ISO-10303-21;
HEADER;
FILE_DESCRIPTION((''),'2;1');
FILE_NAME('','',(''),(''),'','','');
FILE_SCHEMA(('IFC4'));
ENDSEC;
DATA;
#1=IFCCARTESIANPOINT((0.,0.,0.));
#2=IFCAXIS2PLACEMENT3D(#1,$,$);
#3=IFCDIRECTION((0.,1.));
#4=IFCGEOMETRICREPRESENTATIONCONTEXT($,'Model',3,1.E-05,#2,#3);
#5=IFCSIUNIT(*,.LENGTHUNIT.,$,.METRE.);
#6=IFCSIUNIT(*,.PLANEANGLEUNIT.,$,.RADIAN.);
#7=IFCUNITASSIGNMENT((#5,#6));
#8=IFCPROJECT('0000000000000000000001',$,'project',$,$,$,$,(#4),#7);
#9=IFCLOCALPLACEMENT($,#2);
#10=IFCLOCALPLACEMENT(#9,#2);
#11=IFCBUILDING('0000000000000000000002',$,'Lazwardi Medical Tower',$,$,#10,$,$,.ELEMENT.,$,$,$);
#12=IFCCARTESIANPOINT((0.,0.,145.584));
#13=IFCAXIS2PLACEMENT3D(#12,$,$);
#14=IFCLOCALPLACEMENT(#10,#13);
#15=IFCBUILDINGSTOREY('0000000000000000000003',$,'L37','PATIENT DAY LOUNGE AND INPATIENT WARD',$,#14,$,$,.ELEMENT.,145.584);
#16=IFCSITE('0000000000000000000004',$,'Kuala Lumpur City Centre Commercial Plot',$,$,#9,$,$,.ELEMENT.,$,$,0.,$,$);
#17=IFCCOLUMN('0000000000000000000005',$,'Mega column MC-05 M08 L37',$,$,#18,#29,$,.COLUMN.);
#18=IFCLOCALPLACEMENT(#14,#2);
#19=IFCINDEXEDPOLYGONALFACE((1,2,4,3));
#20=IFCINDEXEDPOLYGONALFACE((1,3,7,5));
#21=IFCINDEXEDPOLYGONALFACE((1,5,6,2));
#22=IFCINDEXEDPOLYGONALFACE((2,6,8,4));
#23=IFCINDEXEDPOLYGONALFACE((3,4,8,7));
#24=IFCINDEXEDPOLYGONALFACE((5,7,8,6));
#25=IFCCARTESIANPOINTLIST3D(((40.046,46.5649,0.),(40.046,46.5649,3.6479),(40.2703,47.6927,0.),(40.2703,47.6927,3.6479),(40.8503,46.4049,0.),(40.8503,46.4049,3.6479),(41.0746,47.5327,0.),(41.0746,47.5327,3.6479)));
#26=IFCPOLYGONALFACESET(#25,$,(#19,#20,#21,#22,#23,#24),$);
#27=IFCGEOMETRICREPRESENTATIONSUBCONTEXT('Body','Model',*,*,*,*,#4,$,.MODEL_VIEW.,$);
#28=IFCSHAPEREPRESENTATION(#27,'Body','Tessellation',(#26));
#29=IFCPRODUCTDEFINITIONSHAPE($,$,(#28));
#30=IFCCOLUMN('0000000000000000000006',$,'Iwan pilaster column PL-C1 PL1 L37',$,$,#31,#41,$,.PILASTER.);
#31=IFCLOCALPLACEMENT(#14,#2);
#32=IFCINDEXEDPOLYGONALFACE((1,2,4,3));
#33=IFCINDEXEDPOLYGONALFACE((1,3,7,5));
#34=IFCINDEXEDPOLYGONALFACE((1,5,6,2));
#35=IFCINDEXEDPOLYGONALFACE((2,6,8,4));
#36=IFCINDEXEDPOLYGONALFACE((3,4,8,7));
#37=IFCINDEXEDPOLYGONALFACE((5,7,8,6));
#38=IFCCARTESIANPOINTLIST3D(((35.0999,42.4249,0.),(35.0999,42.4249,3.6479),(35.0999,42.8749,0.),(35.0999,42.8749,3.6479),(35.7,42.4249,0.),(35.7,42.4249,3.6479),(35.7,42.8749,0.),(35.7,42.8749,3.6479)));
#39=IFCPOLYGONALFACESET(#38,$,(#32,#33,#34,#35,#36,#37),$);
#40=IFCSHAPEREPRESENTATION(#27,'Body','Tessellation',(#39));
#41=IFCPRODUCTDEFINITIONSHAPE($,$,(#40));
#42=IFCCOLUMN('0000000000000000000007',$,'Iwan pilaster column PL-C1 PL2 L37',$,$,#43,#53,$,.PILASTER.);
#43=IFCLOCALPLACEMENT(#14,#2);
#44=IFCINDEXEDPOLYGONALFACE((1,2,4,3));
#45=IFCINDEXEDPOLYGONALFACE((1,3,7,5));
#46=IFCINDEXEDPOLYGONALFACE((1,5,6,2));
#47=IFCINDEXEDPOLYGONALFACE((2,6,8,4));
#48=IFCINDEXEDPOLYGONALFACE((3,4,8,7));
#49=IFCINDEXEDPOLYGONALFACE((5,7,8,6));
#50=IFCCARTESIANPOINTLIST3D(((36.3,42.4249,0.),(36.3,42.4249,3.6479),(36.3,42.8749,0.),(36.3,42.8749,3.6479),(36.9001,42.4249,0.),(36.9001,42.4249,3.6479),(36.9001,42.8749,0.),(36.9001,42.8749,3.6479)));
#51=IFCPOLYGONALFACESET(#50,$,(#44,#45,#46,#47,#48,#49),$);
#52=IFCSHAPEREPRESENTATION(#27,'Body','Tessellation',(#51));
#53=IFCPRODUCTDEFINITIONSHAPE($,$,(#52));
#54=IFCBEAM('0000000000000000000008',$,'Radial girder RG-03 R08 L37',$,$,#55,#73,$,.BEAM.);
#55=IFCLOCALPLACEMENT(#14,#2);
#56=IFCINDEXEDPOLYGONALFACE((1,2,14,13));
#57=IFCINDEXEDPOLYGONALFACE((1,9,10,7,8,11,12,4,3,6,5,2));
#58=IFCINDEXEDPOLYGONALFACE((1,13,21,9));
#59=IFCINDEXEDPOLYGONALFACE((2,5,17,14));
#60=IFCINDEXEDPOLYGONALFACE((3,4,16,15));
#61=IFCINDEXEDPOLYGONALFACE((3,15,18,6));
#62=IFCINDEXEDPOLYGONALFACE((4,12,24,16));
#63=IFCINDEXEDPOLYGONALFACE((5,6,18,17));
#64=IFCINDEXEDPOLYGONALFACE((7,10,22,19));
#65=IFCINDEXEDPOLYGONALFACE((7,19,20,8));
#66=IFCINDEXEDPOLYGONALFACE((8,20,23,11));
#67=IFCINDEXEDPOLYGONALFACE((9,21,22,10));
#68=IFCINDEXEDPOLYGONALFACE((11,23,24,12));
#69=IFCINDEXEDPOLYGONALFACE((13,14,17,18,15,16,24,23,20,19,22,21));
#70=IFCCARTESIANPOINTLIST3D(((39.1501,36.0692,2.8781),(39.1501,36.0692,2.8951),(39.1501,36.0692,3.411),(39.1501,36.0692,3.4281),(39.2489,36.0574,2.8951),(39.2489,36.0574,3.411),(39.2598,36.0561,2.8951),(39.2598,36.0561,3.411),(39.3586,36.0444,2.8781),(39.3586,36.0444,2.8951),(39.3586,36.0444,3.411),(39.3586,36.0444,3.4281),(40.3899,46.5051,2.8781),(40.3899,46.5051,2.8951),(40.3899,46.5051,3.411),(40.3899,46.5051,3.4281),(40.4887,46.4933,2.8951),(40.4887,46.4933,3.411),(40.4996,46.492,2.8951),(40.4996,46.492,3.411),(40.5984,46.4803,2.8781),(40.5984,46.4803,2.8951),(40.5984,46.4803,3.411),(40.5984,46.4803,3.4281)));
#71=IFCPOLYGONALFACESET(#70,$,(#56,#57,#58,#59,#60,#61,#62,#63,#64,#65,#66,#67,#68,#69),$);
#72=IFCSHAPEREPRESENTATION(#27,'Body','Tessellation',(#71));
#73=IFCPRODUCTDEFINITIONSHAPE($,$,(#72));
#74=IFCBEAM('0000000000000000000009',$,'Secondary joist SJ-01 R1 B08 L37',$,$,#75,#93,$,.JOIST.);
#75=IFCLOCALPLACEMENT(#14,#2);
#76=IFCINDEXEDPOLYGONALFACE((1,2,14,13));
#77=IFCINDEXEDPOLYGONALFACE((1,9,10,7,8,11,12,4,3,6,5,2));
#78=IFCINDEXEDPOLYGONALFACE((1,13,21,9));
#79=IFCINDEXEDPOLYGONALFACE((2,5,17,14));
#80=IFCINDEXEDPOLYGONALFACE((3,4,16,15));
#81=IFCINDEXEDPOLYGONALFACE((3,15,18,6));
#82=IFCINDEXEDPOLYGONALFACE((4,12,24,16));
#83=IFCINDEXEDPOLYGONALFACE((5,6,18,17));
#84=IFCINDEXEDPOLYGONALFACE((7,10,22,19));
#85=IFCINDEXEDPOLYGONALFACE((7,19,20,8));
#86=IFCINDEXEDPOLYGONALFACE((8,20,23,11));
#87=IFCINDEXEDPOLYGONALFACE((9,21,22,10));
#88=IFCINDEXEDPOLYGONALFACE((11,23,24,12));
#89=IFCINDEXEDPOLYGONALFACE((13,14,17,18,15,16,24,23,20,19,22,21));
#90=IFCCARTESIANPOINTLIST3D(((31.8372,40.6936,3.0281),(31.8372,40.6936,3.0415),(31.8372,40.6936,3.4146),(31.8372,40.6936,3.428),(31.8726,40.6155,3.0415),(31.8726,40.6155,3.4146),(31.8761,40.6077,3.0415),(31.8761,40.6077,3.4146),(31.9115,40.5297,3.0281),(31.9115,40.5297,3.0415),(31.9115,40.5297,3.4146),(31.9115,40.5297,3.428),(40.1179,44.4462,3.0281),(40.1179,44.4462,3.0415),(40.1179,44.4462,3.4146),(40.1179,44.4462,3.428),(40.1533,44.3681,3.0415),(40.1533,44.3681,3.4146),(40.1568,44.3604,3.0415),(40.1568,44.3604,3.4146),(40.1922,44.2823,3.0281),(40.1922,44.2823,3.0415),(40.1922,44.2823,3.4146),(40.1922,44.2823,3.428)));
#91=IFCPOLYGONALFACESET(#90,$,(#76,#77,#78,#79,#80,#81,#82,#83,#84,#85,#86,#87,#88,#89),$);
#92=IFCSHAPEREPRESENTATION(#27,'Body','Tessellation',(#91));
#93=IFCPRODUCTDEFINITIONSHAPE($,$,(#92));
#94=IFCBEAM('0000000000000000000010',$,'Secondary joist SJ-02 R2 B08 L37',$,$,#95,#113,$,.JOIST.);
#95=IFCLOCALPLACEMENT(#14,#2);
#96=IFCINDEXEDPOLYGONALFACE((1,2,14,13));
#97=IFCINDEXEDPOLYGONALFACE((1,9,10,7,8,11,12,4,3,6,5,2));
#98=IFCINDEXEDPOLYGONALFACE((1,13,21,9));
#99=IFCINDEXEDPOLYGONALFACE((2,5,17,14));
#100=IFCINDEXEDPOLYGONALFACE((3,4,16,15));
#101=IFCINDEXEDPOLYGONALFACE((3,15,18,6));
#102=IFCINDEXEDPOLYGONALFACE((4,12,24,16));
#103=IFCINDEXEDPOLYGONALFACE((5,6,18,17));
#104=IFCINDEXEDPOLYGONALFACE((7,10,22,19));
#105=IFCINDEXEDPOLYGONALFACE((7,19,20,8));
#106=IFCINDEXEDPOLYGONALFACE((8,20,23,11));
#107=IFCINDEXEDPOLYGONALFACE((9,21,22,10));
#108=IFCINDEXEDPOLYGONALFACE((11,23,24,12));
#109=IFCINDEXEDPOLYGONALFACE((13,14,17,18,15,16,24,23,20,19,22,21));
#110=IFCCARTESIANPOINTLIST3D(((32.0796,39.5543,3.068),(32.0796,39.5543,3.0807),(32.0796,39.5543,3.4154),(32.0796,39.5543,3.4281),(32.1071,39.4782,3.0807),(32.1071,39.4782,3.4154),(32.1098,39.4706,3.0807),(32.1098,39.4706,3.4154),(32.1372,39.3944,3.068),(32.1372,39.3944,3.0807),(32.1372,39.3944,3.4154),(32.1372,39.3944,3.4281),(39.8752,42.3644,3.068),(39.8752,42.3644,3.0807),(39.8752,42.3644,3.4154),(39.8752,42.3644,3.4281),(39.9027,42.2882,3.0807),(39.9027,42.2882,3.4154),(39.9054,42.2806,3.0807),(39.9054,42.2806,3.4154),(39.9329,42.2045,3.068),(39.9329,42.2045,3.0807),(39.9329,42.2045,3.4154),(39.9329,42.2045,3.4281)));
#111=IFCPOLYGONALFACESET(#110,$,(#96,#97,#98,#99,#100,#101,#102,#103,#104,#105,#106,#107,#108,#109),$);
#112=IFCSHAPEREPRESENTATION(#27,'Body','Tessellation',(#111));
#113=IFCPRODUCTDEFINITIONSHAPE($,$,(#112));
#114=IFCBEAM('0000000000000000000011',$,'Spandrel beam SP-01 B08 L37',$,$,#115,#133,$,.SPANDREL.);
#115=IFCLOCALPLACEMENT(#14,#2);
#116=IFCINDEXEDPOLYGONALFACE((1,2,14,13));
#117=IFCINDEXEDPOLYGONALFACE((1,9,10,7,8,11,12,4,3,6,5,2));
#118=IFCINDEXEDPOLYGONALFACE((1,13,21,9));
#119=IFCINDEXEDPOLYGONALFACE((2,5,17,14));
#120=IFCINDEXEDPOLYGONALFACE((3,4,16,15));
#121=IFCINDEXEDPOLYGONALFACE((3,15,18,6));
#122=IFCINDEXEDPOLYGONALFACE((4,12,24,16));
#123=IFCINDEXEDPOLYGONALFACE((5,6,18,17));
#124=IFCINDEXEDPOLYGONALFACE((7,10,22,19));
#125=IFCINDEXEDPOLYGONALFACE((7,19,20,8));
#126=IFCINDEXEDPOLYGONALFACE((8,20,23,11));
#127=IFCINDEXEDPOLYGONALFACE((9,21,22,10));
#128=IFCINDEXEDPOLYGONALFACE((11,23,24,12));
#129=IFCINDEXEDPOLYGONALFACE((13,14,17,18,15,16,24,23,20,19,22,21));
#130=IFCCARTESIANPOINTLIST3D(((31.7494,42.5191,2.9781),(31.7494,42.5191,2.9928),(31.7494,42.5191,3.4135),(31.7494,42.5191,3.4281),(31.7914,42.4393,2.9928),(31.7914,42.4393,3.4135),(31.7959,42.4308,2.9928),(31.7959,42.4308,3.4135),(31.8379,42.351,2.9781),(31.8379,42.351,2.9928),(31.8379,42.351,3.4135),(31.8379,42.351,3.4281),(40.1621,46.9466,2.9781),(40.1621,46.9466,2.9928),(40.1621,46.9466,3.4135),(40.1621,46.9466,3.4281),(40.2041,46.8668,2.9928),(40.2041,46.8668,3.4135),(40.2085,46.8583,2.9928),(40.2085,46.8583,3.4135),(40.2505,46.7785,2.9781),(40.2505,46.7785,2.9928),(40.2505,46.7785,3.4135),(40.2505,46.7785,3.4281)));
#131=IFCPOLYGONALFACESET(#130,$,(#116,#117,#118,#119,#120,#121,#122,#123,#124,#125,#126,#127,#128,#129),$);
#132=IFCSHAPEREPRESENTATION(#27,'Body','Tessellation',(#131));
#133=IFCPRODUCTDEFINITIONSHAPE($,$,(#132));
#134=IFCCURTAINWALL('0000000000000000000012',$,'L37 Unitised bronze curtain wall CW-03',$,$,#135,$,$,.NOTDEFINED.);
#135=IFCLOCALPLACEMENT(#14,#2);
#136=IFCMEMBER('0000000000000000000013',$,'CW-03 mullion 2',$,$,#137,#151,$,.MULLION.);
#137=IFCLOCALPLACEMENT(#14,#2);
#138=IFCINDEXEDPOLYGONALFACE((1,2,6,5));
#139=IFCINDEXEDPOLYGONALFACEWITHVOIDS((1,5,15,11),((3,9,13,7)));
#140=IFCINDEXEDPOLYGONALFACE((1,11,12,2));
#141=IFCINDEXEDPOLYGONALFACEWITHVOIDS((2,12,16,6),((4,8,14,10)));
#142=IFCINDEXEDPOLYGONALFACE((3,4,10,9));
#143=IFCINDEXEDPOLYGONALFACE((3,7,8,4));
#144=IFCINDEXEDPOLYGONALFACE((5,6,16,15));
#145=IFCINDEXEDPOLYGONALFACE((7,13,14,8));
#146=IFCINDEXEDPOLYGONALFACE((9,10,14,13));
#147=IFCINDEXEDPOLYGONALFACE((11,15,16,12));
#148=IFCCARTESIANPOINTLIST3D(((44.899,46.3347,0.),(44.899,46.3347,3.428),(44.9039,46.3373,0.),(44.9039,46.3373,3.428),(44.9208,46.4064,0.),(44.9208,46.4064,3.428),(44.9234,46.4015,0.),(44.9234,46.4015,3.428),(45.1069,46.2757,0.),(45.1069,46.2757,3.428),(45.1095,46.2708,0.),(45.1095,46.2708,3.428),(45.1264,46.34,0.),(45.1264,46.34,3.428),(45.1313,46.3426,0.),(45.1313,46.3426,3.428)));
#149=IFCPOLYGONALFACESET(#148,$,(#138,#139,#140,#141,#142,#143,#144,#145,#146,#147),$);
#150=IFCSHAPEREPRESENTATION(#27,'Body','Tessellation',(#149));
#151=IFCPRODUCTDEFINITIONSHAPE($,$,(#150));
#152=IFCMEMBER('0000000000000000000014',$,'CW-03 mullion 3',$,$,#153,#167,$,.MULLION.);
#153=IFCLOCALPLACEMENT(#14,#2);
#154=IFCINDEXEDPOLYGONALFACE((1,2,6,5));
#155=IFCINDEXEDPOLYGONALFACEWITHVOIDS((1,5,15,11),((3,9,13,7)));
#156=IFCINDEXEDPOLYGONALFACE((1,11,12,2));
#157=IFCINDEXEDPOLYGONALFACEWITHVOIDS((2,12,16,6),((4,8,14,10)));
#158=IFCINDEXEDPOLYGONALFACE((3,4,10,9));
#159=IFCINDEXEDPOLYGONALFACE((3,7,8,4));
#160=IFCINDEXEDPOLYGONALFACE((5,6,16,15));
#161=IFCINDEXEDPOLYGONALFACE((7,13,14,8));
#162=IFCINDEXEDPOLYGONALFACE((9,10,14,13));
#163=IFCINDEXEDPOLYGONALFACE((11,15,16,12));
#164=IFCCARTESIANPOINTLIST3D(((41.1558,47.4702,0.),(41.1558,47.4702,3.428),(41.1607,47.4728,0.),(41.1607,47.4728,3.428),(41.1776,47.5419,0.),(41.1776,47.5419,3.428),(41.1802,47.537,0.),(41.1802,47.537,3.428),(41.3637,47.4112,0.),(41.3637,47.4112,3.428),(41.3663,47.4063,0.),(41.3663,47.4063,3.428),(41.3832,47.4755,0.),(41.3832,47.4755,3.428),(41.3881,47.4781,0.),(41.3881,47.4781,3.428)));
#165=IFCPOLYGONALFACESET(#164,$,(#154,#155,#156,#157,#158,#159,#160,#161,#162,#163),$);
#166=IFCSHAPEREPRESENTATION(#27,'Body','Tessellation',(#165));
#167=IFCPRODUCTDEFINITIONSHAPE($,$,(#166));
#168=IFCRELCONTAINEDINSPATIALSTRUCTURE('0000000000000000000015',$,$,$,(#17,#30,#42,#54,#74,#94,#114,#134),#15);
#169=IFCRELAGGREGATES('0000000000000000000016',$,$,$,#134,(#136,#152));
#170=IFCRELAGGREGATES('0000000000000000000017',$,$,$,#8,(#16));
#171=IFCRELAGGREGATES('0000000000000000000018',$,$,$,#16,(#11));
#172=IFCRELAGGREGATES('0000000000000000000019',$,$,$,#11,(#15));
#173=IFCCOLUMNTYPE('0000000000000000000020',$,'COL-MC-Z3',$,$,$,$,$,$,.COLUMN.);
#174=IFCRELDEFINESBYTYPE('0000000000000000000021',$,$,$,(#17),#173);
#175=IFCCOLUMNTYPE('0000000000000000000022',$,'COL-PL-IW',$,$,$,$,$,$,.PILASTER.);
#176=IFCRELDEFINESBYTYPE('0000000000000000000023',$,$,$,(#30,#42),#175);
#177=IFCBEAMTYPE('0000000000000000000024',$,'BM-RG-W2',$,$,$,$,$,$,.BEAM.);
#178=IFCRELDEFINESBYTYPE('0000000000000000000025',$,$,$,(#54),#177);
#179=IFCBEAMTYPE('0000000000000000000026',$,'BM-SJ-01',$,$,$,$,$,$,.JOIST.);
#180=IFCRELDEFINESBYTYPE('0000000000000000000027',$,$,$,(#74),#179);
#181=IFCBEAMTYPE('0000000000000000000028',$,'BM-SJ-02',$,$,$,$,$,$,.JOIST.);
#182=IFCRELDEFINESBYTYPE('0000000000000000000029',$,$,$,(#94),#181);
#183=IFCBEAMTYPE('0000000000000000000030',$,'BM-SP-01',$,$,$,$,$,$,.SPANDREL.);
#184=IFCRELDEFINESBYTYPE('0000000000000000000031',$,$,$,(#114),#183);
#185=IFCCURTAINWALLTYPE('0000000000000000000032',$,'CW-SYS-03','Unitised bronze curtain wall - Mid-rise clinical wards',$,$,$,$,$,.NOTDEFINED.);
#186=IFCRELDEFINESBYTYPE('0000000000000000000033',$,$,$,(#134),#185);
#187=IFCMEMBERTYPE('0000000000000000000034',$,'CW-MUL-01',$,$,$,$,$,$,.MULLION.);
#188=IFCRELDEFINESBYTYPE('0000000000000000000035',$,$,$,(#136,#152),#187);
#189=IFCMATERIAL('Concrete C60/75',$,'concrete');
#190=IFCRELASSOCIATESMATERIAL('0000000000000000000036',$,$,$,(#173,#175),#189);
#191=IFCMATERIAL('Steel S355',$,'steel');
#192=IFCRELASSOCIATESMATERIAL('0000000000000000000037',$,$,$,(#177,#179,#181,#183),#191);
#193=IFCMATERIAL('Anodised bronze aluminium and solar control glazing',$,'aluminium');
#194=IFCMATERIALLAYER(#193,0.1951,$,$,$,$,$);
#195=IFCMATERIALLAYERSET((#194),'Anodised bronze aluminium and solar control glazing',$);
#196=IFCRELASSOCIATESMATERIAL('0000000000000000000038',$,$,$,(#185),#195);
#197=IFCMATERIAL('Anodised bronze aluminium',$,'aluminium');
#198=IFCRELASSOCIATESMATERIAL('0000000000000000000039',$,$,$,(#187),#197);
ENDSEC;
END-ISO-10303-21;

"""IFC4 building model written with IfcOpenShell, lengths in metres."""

from ifc_helpers import new_model, si_unit, direction, frame, origin, origin_2d, place, context, subcontext, project, spatial, rectangle, hollow_rectangle, i_section, extrude, material, layer, layer_set, material_profile, profile_set, type_object, element, aggregate, save


model = new_model("IFC4")

# Units and contexts
model_context = context("Model", 3, precision=1e-05, world=origin(), true_north=direction((0.0, 1.0)))
body_context = subcontext(model_context, "Body", "Model", "MODEL_VIEW")
ifc_project = project(units=[si_unit("LENGTHUNIT", "METRE"), si_unit("PLANEANGLEUNIT", "RADIAN")], contexts=[model_context])

# Site, building, storey
site_placement = place(None, origin())
site = spatial("IfcSite", under=ifc_project, at=site_placement, Name="Kuala Lumpur City Centre Commercial Plot", CompositionType="ELEMENT", RefElevation=0.0)
building_placement = place(site_placement, origin())
building = spatial("IfcBuilding", under=site, at=building_placement, Name="Lazwardi Medical Tower", CompositionType="ELEMENT")
storey_placement = place(building_placement, frame((0.0, 0.0, 145.584)))
storey = spatial("IfcBuildingStorey", under=building, at=storey_placement, Name="L37", Description="PATIENT DAY LOUNGE AND INPATIENT WARD", CompositionType="ELEMENT", Elevation=145.584)

# Columns
ifc_material_1 = material(Name="Concrete C60/75", Category="concrete")
ifc_material_profile_1 = material_profile(ifc_material_1, rectangle(XDim=1.1499, YDim=0.8201, at=origin_2d()), Name="CFT-RECT 1150x820")
ifc_profile_set_1 = profile_set([ifc_material_profile_1], Name="Concrete C60/75")
column_type_1 = type_object("IfcColumnType", Name="COL-MC-Z3", PredefinedType="COLUMN", material=ifc_profile_set_1)
column_placement = place(storey_placement, frame((40.5603, 47.0488, 0.0), z_axis=(0.0, 0.0, 1.0), x_axis=(0.19509, 0.980785, 0.0)))
element("IfcColumn", 1, at=column_placement, inside=storey, type_object=column_type_1, Name="Mega column MC-05 M08 L37", PredefinedType="COLUMN", context=body_context, shape_type="SweptSolid", body=[
    extrude(rectangle(XDim=1.1499, YDim=0.8201, at=origin_2d()), origin(), (0.0, 0.0, 1.0), 3.6479),
])
ifc_material_profile_2 = material_profile(ifc_material_1, rectangle(XDim=0.6001, YDim=0.45, at=origin_2d()), Name="RC 600x450")
ifc_profile_set_2 = profile_set([ifc_material_profile_2], Name="Concrete C60/75")
column_type_2 = type_object("IfcColumnType", Name="COL-PL-IW", PredefinedType="PILASTER", material=ifc_profile_set_2)
for number, where, z_axis, x_axis, name in (
    (2, (35.3999, 42.6499, 0.0), (0.0, 0.0, 1.0), (1.0, 0.0, 0.0), "Iwan pilaster column PL-C1 PL1 L37"),
    (3, (36.6001, 42.6499, 0.0), (0.0, 0.0, 1.0), (1.0, 0.0, 0.0), "Iwan pilaster column PL-C1 PL2 L37"),
):
    element("IfcColumn", number, at=place(storey_placement, frame(where, z_axis=z_axis, x_axis=x_axis)), inside=storey, type_object=column_type_2, Name=name, PredefinedType="PILASTER", context=body_context, shape_type="SweptSolid", body=[
        extrude(rectangle(XDim=0.6001, YDim=0.45, at=origin_2d()), origin(), (0.0, 0.0, 1.0), 3.6479),
    ])

# Beams
ifc_material_2 = material(Name="Steel S355", Category="steel")
ifc_material_profile_3 = material_profile(ifc_material_2, i_section(OverallWidth=0.21, OverallDepth=0.55, WebThickness=0.011, FlangeThickness=0.0171, at=origin_2d()), Name="IPE 550")
ifc_profile_set_3 = profile_set([ifc_material_profile_3], Name="Steel S355")
beam_type_1 = type_object("IfcBeamType", Name="BM-RG-W2", PredefinedType="BEAM", material=ifc_profile_set_3)
beam_1_placement = place(storey_placement, frame((40.4941, 46.4927, 3.1531), z_axis=(-0.117968, -0.993017, 0.0), x_axis=(0.993017, -0.117968, 0.0)))
element("IfcBeam", 4, at=beam_1_placement, inside=storey, type_object=beam_type_1, Name="Radial girder RG-03 R08 L37", PredefinedType="BEAM", context=body_context, shape_type="SweptSolid", body=[
    extrude(i_section(OverallWidth=0.21, OverallDepth=0.55, WebThickness=0.011, FlangeThickness=0.0171, at=origin_2d()), origin(), (0.0, 0.0, 1.0), 10.5093),
])
ifc_material_profile_4 = material_profile(ifc_material_2, i_section(OverallWidth=0.1799, OverallDepth=0.3999, WebThickness=0.0085, FlangeThickness=0.0134, at=origin_2d()), Name="IPE 400")
ifc_profile_set_4 = profile_set([ifc_material_profile_4], Name="Steel S355")
beam_type_2 = type_object("IfcBeamType", Name="BM-SJ-01", PredefinedType="JOIST", material=ifc_profile_set_4)
beam_2_placement = place(storey_placement, frame((40.155, 44.3643, 3.228), z_axis=(-0.910834, -0.412773, 0.0), x_axis=(0.412773, -0.910834, 0.0)))
element("IfcBeam", 5, at=beam_2_placement, inside=storey, type_object=beam_type_2, Name="Secondary joist SJ-01 R1 B08 L37", PredefinedType="JOIST", context=body_context, shape_type="SweptSolid", body=[
    extrude(i_section(OverallWidth=0.1799, OverallDepth=0.3999, WebThickness=0.0085, FlangeThickness=0.0134, at=origin_2d()), origin(), (0.0, 0.0, 1.0), 9.0913),
])
ifc_material_profile_5 = material_profile(ifc_material_2, i_section(OverallWidth=0.1699, OverallDepth=0.3601, WebThickness=0.0081, FlangeThickness=0.0127, at=origin_2d()), Name="IPE 360")
ifc_profile_set_5 = profile_set([ifc_material_profile_5], Name="Steel S355")
beam_type_3 = type_object("IfcBeamType", Name="BM-SJ-02", PredefinedType="JOIST", material=ifc_profile_set_5)
beam_3_placement = place(storey_placement, frame((39.9041, 42.2844, 3.248), z_axis=(-0.940748, -0.339106, 0.0), x_axis=(0.339106, -0.940748, 0.0)))
element("IfcBeam", 6, at=beam_3_placement, inside=storey, type_object=beam_type_3, Name="Secondary joist SJ-02 R2 B08 L37", PredefinedType="JOIST", context=body_context, shape_type="SweptSolid", body=[
    extrude(i_section(OverallWidth=0.1699, OverallDepth=0.3601, WebThickness=0.0081, FlangeThickness=0.0127, at=origin_2d()), origin(), (0.0, 0.0, 1.0), 8.2866),
])
ifc_material_profile_6 = material_profile(ifc_material_2, i_section(OverallWidth=0.1899, OverallDepth=0.45, WebThickness=0.0095, FlangeThickness=0.0146, at=origin_2d()), Name="IPE 450")
ifc_profile_set_6 = profile_set([ifc_material_profile_6], Name="Steel S355")
beam_type_4 = type_object("IfcBeamType", Name="BM-SP-01", PredefinedType="SPANDREL", material=ifc_profile_set_6)
beam_4_placement = place(storey_placement, frame((40.2063, 46.8625, 3.2031), z_axis=(-0.884927, -0.465731, 0.0), x_axis=(0.465731, -0.884927, 0.0)))
element("IfcBeam", 7, at=beam_4_placement, inside=storey, type_object=beam_type_4, Name="Spandrel beam SP-01 B08 L37", PredefinedType="SPANDREL", context=body_context, shape_type="SweptSolid", body=[
    extrude(i_section(OverallWidth=0.1899, OverallDepth=0.45, WebThickness=0.0095, FlangeThickness=0.0146, at=origin_2d()), origin(), (0.0, 0.0, 1.0), 9.5066),
])

# Curtain wall, members
ifc_material_3 = material(Name="Anodised bronze aluminium and solar control glazing", Category="aluminium")
ifc_layer_1 = layer(ifc_material_3, 0.1951)
ifc_layer_set_1 = layer_set([ifc_layer_1], Name="Anodised bronze aluminium and solar control glazing")
curtain_wall_type = type_object("IfcCurtainWallType", Name="CW-SYS-03", Description="Unitised bronze curtain wall - Mid-rise clinical wards", PredefinedType="NOTDEFINED", material=ifc_layer_set_1)
curtain_wall_placement = place(storey_placement, origin())
curtain_wall = element("IfcCurtainWall", 8, at=curtain_wall_placement, inside=storey, type_object=curtain_wall_type, Name="L37 Unitised bronze curtain wall CW-03", PredefinedType="NOTDEFINED")
ifc_material_4 = material(Name="Anodised bronze aluminium", Category="aluminium")
ifc_material_profile_7 = material_profile(ifc_material_4, hollow_rectangle(XDim=0.075, YDim=0.22, WallThickness=0.0039, at=origin_2d()), Name="ALU-MULLION 220x75x4")
ifc_profile_set_7 = profile_set([ifc_material_profile_7], Name="Anodised bronze aluminium")
member_type_1 = type_object("IfcMemberType", Name="CW-MUL-01", PredefinedType="MULLION", material=ifc_profile_set_7)
member_1_placement = place(storey_placement, frame((45.0151, 46.3386, 0.0), z_axis=(0.0, 0.0, 1.0), x_axis=(-0.290281, -0.956942, 0.0)))
member_1 = element("IfcMember", 9, at=member_1_placement, type_object=member_type_1, Name="CW-03 mullion 2", PredefinedType="MULLION", context=body_context, shape_type="SweptSolid", body=[
    extrude(hollow_rectangle(XDim=0.075, YDim=0.22, WallThickness=0.0039, at=origin_2d()), origin(), (0.0, 0.0, 1.0), 3.428),
])
member_2_placement = place(storey_placement, frame((41.272, 47.4741, 0.0), z_axis=(0.0, 0.0, 1.0), x_axis=(-0.290281, -0.956942, 0.0)))
member_2 = element("IfcMember", 10, at=member_2_placement, type_object=member_type_1, Name="CW-03 mullion 3", PredefinedType="MULLION", context=body_context, shape_type="SweptSolid", body=[
    extrude(hollow_rectangle(XDim=0.075, YDim=0.22, WallThickness=0.0039, at=origin_2d()), origin(), (0.0, 0.0, 1.0), 3.428),
])
aggregate(curtain_wall, [member_1, member_2])

save(model, "model.ifc")
